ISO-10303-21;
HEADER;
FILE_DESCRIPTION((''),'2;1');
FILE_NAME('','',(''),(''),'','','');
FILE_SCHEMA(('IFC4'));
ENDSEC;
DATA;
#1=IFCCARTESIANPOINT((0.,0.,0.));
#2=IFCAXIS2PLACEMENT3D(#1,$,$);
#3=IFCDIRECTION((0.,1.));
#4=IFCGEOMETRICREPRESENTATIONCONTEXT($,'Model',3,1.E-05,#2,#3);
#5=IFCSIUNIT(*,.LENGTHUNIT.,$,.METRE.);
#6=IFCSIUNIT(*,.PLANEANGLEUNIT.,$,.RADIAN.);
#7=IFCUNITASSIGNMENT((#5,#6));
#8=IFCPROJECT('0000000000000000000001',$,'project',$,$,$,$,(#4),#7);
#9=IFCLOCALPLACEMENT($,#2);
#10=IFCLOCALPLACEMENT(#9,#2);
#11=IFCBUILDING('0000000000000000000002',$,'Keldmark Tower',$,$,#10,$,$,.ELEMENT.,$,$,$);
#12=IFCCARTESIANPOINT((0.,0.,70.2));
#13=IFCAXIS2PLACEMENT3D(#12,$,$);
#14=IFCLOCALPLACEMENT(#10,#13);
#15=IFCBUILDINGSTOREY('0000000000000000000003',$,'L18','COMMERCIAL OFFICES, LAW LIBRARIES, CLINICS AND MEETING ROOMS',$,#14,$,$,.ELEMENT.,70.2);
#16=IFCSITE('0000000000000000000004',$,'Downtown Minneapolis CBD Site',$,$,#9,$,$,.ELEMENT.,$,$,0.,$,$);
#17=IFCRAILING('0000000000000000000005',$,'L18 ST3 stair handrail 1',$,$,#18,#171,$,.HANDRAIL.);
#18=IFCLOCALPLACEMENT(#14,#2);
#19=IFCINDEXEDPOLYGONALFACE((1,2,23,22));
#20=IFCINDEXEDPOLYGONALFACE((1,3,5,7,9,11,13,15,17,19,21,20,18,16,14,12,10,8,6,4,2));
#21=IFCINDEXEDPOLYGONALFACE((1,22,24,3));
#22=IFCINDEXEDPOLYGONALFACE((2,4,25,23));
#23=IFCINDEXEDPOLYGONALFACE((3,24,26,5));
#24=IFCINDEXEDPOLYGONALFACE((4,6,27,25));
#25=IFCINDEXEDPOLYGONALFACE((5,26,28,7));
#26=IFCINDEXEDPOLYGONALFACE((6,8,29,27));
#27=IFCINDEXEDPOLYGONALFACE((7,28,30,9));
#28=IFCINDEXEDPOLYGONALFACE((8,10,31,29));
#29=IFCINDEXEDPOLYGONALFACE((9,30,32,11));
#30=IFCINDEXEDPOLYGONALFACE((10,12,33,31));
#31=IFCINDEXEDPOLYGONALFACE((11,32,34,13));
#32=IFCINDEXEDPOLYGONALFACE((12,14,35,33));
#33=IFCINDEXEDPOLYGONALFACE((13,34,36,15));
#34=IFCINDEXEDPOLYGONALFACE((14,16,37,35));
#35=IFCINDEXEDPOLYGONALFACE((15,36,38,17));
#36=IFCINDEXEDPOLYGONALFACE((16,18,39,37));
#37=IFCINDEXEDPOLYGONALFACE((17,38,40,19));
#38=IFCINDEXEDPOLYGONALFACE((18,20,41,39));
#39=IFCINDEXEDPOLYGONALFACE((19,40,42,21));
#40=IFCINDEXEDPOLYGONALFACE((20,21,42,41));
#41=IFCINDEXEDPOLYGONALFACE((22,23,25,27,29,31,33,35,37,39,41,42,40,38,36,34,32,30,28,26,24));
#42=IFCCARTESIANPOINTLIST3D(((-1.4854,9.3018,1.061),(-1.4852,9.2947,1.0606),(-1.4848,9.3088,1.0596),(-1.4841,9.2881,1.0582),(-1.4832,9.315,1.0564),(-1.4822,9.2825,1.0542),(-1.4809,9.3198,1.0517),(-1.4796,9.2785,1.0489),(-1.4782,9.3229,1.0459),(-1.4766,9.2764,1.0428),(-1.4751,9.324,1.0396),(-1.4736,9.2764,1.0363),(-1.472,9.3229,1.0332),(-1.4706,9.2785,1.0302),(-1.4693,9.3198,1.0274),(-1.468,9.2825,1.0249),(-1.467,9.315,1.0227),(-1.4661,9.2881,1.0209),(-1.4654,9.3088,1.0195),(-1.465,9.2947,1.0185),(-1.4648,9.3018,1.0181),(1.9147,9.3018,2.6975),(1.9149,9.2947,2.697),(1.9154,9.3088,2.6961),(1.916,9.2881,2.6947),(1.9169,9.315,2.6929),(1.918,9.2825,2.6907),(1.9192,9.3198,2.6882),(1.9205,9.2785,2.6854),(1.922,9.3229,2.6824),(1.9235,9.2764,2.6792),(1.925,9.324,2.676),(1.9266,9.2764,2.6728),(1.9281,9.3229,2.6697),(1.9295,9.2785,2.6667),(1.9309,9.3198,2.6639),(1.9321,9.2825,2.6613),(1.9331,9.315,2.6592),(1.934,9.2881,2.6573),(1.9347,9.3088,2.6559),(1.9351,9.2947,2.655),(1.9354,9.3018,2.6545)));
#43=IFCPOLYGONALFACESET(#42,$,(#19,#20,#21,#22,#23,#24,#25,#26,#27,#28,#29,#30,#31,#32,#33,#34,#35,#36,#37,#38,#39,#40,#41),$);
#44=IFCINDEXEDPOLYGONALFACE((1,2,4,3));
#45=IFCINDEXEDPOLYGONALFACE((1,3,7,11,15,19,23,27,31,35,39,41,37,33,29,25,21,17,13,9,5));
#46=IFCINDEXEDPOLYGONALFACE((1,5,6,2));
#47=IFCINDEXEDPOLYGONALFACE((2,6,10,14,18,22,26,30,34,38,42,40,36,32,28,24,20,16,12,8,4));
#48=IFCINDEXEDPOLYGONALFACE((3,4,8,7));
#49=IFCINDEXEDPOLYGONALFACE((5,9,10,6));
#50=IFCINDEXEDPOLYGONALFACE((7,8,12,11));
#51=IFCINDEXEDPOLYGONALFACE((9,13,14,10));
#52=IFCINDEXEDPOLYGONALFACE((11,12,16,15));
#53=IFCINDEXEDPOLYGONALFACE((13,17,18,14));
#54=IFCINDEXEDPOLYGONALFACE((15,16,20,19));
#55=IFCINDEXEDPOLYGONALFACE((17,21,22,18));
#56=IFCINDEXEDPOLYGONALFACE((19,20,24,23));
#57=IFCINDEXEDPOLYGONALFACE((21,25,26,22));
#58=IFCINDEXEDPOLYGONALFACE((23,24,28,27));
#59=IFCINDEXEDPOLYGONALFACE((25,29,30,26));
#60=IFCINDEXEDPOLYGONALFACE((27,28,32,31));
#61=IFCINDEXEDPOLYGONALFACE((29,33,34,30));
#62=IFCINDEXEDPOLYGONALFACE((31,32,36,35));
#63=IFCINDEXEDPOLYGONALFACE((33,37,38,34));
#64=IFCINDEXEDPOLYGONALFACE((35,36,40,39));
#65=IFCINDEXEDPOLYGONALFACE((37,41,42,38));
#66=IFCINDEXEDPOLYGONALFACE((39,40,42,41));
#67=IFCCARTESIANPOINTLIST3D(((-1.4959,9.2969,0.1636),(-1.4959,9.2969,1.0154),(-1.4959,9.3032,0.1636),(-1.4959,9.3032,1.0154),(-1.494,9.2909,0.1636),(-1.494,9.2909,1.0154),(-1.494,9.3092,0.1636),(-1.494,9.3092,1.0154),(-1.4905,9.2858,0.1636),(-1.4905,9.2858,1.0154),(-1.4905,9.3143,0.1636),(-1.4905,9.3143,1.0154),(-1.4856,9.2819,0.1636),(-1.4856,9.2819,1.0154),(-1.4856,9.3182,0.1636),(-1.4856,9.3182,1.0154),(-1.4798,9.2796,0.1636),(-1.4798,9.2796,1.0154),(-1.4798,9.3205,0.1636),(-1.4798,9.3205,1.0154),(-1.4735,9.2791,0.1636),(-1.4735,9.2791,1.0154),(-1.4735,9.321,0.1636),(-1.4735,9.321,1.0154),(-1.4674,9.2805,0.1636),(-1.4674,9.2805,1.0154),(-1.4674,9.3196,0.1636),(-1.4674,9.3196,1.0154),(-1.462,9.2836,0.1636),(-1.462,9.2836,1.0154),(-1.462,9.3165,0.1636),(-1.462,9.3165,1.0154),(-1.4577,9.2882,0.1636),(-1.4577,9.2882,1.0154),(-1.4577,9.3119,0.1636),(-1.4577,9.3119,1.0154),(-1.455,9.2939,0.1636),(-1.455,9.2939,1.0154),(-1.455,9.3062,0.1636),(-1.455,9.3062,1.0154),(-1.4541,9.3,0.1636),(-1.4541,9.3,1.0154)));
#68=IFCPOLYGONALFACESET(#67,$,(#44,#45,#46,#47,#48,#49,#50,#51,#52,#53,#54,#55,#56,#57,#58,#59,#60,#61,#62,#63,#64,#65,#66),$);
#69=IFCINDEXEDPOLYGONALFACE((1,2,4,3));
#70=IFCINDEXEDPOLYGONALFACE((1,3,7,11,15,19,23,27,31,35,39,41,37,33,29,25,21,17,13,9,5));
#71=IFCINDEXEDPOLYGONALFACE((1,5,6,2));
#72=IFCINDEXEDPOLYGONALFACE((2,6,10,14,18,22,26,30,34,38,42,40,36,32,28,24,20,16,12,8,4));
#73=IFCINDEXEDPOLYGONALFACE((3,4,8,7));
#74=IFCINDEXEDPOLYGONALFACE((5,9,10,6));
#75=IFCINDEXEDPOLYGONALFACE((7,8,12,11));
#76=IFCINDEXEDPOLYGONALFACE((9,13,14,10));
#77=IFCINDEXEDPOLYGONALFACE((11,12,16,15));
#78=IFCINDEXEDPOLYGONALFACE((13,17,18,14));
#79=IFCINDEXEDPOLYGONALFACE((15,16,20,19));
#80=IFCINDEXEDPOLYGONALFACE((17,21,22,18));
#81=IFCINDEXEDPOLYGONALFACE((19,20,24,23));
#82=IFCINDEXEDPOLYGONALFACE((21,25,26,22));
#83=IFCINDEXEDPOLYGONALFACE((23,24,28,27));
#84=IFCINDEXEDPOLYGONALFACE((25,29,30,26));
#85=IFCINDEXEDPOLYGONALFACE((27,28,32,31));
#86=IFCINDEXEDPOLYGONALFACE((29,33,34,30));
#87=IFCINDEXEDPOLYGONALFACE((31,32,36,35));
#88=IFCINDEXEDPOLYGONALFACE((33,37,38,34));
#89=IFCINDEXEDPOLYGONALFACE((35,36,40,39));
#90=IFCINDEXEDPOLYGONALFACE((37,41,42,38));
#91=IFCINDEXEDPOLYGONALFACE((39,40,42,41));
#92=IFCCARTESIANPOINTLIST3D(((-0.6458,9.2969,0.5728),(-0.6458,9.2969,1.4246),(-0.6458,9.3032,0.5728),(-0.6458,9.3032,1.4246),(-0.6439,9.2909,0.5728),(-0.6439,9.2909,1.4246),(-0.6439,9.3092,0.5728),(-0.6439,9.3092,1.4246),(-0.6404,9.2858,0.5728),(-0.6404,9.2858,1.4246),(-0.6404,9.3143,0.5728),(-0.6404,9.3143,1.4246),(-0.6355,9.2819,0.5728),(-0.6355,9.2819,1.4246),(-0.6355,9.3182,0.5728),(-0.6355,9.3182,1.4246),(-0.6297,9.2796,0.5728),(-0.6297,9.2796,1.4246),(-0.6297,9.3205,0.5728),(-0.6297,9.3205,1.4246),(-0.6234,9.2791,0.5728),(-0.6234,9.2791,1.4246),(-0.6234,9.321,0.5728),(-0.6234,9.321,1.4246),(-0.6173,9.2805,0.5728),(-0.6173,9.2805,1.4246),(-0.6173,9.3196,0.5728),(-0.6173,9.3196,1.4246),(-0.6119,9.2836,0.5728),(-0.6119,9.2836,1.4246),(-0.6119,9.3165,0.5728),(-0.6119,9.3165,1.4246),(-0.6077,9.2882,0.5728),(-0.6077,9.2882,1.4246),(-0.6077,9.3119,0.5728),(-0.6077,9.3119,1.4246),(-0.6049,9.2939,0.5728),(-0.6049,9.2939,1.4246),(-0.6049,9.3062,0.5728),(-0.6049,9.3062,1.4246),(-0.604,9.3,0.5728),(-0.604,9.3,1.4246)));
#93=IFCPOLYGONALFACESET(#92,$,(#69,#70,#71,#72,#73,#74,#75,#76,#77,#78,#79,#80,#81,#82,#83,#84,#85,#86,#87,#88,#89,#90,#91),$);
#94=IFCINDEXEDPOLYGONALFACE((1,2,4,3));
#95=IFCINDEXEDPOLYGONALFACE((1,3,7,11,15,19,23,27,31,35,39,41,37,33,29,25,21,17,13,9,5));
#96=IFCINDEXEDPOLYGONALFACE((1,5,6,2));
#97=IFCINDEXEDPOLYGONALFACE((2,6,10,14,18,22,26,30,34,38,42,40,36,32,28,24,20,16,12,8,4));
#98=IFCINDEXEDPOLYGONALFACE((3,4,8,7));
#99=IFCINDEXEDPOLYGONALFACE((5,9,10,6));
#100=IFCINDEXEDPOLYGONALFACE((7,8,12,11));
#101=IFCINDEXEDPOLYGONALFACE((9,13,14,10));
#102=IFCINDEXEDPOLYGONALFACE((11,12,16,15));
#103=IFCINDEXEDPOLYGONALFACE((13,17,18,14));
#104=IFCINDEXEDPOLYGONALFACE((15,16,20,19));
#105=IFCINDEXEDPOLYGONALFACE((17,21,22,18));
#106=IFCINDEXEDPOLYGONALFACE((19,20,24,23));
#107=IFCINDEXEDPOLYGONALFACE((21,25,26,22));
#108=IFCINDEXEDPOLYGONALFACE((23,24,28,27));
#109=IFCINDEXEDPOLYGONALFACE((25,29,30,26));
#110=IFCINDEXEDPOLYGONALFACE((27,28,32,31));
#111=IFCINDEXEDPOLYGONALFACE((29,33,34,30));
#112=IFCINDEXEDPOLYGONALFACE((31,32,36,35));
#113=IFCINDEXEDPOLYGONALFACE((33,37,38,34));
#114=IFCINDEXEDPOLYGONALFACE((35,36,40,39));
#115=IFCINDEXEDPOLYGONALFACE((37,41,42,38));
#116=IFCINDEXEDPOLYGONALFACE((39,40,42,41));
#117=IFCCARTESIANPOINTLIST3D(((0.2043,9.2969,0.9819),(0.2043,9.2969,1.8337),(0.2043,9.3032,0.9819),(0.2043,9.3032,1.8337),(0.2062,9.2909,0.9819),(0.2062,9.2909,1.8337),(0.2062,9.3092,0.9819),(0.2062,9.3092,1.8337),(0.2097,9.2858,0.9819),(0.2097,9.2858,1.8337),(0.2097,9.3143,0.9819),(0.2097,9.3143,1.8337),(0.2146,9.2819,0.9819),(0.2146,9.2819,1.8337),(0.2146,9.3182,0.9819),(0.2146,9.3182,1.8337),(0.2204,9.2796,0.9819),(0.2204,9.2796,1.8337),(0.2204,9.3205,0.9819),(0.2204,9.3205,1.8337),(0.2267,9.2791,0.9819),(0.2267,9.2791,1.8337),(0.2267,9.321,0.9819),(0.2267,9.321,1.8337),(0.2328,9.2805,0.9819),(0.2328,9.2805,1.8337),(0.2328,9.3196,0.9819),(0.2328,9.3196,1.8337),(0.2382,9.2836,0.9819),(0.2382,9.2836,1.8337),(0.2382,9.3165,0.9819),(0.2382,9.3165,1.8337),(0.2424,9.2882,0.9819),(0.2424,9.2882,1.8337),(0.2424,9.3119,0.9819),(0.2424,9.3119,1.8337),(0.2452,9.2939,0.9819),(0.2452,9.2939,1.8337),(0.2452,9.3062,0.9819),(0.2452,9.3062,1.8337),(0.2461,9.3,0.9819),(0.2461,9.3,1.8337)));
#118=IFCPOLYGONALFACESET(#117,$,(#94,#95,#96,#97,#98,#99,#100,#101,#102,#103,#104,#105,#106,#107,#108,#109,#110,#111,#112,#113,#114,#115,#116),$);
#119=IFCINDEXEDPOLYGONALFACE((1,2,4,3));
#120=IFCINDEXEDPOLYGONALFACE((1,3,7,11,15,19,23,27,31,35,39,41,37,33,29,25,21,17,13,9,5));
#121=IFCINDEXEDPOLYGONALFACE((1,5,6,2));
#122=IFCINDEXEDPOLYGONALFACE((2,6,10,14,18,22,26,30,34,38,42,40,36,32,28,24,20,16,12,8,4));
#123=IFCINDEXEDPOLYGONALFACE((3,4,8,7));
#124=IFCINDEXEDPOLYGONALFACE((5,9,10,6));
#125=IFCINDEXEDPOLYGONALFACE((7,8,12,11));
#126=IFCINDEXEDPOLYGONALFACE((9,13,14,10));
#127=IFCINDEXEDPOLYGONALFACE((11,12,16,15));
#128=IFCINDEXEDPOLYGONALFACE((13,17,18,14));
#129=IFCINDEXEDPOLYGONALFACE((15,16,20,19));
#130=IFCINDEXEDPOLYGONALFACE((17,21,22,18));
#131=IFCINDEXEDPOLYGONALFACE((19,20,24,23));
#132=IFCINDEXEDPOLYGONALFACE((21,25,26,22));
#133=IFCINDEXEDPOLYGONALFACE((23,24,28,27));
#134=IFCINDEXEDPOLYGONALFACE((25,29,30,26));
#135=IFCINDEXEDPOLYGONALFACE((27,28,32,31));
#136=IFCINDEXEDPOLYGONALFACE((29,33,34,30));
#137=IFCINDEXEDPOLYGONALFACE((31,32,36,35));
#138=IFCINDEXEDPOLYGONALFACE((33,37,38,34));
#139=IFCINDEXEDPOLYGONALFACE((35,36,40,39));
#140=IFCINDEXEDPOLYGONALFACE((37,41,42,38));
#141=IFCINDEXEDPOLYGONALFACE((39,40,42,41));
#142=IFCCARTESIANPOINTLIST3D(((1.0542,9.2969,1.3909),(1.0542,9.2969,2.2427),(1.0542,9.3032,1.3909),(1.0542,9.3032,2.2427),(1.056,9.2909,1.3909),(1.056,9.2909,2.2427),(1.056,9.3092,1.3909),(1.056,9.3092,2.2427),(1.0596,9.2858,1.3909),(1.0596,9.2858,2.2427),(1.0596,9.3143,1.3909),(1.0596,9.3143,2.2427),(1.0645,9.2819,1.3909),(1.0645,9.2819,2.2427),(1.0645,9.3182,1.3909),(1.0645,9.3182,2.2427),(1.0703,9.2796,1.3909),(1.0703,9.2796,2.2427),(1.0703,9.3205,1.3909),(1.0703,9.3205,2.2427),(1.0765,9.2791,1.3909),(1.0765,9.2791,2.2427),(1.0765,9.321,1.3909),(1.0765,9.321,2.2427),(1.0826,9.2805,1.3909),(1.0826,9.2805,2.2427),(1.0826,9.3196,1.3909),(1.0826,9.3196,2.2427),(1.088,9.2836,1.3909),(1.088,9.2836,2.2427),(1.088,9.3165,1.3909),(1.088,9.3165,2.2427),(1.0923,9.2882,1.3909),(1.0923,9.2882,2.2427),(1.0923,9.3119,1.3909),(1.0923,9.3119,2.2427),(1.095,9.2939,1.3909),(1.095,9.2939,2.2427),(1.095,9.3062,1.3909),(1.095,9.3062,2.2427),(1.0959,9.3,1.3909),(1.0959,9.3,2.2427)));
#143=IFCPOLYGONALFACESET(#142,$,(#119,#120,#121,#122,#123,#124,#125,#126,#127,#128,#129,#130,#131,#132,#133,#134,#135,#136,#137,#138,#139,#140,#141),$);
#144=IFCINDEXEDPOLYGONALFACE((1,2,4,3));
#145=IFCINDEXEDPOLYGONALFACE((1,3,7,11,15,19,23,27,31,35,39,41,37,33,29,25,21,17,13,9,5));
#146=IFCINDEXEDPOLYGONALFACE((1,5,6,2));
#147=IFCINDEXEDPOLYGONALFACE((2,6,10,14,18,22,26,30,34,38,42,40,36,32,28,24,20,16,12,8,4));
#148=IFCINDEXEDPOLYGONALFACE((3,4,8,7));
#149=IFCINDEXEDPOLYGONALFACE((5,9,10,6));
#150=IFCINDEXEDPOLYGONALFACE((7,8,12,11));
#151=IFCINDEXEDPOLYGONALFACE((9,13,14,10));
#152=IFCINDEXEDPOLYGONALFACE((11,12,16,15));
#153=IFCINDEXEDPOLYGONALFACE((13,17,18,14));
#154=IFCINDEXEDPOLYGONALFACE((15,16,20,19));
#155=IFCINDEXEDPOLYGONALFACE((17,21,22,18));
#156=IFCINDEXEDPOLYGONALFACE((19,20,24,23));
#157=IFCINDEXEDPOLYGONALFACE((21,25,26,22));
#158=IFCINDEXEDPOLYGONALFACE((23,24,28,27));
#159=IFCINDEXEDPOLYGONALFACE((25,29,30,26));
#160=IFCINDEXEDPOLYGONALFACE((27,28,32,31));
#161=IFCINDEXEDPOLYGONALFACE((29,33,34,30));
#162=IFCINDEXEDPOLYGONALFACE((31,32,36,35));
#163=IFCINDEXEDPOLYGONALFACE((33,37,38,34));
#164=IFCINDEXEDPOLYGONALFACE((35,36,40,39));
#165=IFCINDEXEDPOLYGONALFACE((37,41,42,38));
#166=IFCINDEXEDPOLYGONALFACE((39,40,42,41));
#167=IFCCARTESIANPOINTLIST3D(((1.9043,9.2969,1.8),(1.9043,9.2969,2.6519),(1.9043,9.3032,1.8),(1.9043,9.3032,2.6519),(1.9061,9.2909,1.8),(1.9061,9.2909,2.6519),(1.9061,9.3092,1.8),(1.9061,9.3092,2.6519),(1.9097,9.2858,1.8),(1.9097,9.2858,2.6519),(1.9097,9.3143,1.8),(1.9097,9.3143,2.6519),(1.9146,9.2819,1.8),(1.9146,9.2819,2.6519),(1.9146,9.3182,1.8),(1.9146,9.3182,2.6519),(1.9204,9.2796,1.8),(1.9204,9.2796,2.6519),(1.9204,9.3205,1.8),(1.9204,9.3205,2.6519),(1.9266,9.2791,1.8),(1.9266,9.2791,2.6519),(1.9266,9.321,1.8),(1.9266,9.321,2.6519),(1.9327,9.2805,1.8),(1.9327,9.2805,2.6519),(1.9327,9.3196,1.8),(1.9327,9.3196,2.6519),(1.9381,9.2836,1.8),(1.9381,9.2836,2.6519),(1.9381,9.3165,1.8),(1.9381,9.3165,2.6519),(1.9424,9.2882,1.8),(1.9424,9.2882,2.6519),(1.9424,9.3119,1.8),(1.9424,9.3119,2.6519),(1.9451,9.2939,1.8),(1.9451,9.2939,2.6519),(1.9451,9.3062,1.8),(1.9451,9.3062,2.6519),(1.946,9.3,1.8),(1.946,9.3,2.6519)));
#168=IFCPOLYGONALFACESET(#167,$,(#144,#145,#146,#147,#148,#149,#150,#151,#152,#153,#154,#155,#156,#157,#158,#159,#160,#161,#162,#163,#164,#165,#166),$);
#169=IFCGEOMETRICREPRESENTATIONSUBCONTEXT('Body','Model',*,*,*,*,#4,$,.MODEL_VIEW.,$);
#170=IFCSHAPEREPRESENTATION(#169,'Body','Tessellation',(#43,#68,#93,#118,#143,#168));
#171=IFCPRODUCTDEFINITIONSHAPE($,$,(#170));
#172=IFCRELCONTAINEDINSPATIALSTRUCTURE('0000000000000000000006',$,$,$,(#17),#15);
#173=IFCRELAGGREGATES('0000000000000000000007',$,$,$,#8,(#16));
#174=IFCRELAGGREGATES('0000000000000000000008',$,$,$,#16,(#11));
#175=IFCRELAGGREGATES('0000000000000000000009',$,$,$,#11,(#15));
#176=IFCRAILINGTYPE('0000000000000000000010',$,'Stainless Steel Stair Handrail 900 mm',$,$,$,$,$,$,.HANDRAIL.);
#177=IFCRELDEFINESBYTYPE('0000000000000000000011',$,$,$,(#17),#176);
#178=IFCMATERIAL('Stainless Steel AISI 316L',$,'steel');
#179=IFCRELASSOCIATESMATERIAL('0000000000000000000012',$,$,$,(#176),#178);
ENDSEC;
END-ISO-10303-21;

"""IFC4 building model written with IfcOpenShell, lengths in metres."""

from ifc_helpers import new_model, si_unit, direction, frame, origin, origin_2d, place, context, subcontext, project, spatial, circle, extrude, material, type_object, element, save


model = new_model("IFC4")

# Units and contexts
model_context = context("Model", 3, precision=1e-05, world=origin(), true_north=direction((0.0, 1.0)))
body_context = subcontext(model_context, "Body", "Model", "MODEL_VIEW")
ifc_project = project(units=[si_unit("LENGTHUNIT", "METRE"), si_unit("PLANEANGLEUNIT", "RADIAN")], contexts=[model_context])

# Site, building, storey
site_placement = place(None, origin())
site = spatial("IfcSite", under=ifc_project, at=site_placement, Name="Downtown Minneapolis CBD Site", CompositionType="ELEMENT", RefElevation=0.0)
building_placement = place(site_placement, origin())
building = spatial("IfcBuilding", under=site, at=building_placement, Name="Keldmark Tower", CompositionType="ELEMENT")
storey_placement = place(building_placement, frame((0.0, 0.0, 70.2)))
storey = spatial("IfcBuildingStorey", under=building, at=storey_placement, Name="L18", Description="COMMERCIAL OFFICES, LAW LIBRARIES, CLINICS AND MEETING ROOMS", CompositionType="ELEMENT", Elevation=70.2)

# Railing
ifc_material_1 = material(Name="Stainless Steel AISI 316L", Category="steel")
railing_type_1 = type_object("IfcRailingType", Name="Stainless Steel Stair Handrail 900 mm", PredefinedType="HANDRAIL", material=ifc_material_1)
railing_1_placement = place(storey_placement, frame((-1.4751, 9.3, 0.1636)))
element("IfcRailing", 1, at=railing_1_placement, inside=storey, type_object=railing_type_1, Name="L18 ST3 stair handrail 1", PredefinedType="HANDRAIL", context=body_context, shape_type="SweptSolid", body=[
    extrude(circle(Radius=0.0239, at=origin_2d()), frame((0.0, 0.0, 0.876), z_axis=(0.901067, 0.0, 0.433679), x_axis=(0.0, 1.0, 0.0)), (0.0, 0.0, 1.0), 3.7734),
    extrude(circle(Radius=0.021, at=origin_2d()), origin(), (0.0, 0.0, 1.0), 0.8518),
    extrude(circle(Radius=0.021, at=origin_2d()), frame((0.8501, 0.0, 0.4092)), (0.0, 0.0, 1.0), 0.8518),
    extrude(circle(Radius=0.021, at=origin_2d()), frame((1.7002, 0.0, 0.8184)), (0.0, 0.0, 1.0), 0.8518),
    extrude(circle(Radius=0.021, at=origin_2d()), frame((2.55, 0.0, 1.2273)), (0.0, 0.0, 1.0), 0.8518),
    extrude(circle(Radius=0.021, at=origin_2d()), frame((3.4001, 0.0, 1.6365)), (0.0, 0.0, 1.0), 0.8518),
])

save(model, "model.ifc")
